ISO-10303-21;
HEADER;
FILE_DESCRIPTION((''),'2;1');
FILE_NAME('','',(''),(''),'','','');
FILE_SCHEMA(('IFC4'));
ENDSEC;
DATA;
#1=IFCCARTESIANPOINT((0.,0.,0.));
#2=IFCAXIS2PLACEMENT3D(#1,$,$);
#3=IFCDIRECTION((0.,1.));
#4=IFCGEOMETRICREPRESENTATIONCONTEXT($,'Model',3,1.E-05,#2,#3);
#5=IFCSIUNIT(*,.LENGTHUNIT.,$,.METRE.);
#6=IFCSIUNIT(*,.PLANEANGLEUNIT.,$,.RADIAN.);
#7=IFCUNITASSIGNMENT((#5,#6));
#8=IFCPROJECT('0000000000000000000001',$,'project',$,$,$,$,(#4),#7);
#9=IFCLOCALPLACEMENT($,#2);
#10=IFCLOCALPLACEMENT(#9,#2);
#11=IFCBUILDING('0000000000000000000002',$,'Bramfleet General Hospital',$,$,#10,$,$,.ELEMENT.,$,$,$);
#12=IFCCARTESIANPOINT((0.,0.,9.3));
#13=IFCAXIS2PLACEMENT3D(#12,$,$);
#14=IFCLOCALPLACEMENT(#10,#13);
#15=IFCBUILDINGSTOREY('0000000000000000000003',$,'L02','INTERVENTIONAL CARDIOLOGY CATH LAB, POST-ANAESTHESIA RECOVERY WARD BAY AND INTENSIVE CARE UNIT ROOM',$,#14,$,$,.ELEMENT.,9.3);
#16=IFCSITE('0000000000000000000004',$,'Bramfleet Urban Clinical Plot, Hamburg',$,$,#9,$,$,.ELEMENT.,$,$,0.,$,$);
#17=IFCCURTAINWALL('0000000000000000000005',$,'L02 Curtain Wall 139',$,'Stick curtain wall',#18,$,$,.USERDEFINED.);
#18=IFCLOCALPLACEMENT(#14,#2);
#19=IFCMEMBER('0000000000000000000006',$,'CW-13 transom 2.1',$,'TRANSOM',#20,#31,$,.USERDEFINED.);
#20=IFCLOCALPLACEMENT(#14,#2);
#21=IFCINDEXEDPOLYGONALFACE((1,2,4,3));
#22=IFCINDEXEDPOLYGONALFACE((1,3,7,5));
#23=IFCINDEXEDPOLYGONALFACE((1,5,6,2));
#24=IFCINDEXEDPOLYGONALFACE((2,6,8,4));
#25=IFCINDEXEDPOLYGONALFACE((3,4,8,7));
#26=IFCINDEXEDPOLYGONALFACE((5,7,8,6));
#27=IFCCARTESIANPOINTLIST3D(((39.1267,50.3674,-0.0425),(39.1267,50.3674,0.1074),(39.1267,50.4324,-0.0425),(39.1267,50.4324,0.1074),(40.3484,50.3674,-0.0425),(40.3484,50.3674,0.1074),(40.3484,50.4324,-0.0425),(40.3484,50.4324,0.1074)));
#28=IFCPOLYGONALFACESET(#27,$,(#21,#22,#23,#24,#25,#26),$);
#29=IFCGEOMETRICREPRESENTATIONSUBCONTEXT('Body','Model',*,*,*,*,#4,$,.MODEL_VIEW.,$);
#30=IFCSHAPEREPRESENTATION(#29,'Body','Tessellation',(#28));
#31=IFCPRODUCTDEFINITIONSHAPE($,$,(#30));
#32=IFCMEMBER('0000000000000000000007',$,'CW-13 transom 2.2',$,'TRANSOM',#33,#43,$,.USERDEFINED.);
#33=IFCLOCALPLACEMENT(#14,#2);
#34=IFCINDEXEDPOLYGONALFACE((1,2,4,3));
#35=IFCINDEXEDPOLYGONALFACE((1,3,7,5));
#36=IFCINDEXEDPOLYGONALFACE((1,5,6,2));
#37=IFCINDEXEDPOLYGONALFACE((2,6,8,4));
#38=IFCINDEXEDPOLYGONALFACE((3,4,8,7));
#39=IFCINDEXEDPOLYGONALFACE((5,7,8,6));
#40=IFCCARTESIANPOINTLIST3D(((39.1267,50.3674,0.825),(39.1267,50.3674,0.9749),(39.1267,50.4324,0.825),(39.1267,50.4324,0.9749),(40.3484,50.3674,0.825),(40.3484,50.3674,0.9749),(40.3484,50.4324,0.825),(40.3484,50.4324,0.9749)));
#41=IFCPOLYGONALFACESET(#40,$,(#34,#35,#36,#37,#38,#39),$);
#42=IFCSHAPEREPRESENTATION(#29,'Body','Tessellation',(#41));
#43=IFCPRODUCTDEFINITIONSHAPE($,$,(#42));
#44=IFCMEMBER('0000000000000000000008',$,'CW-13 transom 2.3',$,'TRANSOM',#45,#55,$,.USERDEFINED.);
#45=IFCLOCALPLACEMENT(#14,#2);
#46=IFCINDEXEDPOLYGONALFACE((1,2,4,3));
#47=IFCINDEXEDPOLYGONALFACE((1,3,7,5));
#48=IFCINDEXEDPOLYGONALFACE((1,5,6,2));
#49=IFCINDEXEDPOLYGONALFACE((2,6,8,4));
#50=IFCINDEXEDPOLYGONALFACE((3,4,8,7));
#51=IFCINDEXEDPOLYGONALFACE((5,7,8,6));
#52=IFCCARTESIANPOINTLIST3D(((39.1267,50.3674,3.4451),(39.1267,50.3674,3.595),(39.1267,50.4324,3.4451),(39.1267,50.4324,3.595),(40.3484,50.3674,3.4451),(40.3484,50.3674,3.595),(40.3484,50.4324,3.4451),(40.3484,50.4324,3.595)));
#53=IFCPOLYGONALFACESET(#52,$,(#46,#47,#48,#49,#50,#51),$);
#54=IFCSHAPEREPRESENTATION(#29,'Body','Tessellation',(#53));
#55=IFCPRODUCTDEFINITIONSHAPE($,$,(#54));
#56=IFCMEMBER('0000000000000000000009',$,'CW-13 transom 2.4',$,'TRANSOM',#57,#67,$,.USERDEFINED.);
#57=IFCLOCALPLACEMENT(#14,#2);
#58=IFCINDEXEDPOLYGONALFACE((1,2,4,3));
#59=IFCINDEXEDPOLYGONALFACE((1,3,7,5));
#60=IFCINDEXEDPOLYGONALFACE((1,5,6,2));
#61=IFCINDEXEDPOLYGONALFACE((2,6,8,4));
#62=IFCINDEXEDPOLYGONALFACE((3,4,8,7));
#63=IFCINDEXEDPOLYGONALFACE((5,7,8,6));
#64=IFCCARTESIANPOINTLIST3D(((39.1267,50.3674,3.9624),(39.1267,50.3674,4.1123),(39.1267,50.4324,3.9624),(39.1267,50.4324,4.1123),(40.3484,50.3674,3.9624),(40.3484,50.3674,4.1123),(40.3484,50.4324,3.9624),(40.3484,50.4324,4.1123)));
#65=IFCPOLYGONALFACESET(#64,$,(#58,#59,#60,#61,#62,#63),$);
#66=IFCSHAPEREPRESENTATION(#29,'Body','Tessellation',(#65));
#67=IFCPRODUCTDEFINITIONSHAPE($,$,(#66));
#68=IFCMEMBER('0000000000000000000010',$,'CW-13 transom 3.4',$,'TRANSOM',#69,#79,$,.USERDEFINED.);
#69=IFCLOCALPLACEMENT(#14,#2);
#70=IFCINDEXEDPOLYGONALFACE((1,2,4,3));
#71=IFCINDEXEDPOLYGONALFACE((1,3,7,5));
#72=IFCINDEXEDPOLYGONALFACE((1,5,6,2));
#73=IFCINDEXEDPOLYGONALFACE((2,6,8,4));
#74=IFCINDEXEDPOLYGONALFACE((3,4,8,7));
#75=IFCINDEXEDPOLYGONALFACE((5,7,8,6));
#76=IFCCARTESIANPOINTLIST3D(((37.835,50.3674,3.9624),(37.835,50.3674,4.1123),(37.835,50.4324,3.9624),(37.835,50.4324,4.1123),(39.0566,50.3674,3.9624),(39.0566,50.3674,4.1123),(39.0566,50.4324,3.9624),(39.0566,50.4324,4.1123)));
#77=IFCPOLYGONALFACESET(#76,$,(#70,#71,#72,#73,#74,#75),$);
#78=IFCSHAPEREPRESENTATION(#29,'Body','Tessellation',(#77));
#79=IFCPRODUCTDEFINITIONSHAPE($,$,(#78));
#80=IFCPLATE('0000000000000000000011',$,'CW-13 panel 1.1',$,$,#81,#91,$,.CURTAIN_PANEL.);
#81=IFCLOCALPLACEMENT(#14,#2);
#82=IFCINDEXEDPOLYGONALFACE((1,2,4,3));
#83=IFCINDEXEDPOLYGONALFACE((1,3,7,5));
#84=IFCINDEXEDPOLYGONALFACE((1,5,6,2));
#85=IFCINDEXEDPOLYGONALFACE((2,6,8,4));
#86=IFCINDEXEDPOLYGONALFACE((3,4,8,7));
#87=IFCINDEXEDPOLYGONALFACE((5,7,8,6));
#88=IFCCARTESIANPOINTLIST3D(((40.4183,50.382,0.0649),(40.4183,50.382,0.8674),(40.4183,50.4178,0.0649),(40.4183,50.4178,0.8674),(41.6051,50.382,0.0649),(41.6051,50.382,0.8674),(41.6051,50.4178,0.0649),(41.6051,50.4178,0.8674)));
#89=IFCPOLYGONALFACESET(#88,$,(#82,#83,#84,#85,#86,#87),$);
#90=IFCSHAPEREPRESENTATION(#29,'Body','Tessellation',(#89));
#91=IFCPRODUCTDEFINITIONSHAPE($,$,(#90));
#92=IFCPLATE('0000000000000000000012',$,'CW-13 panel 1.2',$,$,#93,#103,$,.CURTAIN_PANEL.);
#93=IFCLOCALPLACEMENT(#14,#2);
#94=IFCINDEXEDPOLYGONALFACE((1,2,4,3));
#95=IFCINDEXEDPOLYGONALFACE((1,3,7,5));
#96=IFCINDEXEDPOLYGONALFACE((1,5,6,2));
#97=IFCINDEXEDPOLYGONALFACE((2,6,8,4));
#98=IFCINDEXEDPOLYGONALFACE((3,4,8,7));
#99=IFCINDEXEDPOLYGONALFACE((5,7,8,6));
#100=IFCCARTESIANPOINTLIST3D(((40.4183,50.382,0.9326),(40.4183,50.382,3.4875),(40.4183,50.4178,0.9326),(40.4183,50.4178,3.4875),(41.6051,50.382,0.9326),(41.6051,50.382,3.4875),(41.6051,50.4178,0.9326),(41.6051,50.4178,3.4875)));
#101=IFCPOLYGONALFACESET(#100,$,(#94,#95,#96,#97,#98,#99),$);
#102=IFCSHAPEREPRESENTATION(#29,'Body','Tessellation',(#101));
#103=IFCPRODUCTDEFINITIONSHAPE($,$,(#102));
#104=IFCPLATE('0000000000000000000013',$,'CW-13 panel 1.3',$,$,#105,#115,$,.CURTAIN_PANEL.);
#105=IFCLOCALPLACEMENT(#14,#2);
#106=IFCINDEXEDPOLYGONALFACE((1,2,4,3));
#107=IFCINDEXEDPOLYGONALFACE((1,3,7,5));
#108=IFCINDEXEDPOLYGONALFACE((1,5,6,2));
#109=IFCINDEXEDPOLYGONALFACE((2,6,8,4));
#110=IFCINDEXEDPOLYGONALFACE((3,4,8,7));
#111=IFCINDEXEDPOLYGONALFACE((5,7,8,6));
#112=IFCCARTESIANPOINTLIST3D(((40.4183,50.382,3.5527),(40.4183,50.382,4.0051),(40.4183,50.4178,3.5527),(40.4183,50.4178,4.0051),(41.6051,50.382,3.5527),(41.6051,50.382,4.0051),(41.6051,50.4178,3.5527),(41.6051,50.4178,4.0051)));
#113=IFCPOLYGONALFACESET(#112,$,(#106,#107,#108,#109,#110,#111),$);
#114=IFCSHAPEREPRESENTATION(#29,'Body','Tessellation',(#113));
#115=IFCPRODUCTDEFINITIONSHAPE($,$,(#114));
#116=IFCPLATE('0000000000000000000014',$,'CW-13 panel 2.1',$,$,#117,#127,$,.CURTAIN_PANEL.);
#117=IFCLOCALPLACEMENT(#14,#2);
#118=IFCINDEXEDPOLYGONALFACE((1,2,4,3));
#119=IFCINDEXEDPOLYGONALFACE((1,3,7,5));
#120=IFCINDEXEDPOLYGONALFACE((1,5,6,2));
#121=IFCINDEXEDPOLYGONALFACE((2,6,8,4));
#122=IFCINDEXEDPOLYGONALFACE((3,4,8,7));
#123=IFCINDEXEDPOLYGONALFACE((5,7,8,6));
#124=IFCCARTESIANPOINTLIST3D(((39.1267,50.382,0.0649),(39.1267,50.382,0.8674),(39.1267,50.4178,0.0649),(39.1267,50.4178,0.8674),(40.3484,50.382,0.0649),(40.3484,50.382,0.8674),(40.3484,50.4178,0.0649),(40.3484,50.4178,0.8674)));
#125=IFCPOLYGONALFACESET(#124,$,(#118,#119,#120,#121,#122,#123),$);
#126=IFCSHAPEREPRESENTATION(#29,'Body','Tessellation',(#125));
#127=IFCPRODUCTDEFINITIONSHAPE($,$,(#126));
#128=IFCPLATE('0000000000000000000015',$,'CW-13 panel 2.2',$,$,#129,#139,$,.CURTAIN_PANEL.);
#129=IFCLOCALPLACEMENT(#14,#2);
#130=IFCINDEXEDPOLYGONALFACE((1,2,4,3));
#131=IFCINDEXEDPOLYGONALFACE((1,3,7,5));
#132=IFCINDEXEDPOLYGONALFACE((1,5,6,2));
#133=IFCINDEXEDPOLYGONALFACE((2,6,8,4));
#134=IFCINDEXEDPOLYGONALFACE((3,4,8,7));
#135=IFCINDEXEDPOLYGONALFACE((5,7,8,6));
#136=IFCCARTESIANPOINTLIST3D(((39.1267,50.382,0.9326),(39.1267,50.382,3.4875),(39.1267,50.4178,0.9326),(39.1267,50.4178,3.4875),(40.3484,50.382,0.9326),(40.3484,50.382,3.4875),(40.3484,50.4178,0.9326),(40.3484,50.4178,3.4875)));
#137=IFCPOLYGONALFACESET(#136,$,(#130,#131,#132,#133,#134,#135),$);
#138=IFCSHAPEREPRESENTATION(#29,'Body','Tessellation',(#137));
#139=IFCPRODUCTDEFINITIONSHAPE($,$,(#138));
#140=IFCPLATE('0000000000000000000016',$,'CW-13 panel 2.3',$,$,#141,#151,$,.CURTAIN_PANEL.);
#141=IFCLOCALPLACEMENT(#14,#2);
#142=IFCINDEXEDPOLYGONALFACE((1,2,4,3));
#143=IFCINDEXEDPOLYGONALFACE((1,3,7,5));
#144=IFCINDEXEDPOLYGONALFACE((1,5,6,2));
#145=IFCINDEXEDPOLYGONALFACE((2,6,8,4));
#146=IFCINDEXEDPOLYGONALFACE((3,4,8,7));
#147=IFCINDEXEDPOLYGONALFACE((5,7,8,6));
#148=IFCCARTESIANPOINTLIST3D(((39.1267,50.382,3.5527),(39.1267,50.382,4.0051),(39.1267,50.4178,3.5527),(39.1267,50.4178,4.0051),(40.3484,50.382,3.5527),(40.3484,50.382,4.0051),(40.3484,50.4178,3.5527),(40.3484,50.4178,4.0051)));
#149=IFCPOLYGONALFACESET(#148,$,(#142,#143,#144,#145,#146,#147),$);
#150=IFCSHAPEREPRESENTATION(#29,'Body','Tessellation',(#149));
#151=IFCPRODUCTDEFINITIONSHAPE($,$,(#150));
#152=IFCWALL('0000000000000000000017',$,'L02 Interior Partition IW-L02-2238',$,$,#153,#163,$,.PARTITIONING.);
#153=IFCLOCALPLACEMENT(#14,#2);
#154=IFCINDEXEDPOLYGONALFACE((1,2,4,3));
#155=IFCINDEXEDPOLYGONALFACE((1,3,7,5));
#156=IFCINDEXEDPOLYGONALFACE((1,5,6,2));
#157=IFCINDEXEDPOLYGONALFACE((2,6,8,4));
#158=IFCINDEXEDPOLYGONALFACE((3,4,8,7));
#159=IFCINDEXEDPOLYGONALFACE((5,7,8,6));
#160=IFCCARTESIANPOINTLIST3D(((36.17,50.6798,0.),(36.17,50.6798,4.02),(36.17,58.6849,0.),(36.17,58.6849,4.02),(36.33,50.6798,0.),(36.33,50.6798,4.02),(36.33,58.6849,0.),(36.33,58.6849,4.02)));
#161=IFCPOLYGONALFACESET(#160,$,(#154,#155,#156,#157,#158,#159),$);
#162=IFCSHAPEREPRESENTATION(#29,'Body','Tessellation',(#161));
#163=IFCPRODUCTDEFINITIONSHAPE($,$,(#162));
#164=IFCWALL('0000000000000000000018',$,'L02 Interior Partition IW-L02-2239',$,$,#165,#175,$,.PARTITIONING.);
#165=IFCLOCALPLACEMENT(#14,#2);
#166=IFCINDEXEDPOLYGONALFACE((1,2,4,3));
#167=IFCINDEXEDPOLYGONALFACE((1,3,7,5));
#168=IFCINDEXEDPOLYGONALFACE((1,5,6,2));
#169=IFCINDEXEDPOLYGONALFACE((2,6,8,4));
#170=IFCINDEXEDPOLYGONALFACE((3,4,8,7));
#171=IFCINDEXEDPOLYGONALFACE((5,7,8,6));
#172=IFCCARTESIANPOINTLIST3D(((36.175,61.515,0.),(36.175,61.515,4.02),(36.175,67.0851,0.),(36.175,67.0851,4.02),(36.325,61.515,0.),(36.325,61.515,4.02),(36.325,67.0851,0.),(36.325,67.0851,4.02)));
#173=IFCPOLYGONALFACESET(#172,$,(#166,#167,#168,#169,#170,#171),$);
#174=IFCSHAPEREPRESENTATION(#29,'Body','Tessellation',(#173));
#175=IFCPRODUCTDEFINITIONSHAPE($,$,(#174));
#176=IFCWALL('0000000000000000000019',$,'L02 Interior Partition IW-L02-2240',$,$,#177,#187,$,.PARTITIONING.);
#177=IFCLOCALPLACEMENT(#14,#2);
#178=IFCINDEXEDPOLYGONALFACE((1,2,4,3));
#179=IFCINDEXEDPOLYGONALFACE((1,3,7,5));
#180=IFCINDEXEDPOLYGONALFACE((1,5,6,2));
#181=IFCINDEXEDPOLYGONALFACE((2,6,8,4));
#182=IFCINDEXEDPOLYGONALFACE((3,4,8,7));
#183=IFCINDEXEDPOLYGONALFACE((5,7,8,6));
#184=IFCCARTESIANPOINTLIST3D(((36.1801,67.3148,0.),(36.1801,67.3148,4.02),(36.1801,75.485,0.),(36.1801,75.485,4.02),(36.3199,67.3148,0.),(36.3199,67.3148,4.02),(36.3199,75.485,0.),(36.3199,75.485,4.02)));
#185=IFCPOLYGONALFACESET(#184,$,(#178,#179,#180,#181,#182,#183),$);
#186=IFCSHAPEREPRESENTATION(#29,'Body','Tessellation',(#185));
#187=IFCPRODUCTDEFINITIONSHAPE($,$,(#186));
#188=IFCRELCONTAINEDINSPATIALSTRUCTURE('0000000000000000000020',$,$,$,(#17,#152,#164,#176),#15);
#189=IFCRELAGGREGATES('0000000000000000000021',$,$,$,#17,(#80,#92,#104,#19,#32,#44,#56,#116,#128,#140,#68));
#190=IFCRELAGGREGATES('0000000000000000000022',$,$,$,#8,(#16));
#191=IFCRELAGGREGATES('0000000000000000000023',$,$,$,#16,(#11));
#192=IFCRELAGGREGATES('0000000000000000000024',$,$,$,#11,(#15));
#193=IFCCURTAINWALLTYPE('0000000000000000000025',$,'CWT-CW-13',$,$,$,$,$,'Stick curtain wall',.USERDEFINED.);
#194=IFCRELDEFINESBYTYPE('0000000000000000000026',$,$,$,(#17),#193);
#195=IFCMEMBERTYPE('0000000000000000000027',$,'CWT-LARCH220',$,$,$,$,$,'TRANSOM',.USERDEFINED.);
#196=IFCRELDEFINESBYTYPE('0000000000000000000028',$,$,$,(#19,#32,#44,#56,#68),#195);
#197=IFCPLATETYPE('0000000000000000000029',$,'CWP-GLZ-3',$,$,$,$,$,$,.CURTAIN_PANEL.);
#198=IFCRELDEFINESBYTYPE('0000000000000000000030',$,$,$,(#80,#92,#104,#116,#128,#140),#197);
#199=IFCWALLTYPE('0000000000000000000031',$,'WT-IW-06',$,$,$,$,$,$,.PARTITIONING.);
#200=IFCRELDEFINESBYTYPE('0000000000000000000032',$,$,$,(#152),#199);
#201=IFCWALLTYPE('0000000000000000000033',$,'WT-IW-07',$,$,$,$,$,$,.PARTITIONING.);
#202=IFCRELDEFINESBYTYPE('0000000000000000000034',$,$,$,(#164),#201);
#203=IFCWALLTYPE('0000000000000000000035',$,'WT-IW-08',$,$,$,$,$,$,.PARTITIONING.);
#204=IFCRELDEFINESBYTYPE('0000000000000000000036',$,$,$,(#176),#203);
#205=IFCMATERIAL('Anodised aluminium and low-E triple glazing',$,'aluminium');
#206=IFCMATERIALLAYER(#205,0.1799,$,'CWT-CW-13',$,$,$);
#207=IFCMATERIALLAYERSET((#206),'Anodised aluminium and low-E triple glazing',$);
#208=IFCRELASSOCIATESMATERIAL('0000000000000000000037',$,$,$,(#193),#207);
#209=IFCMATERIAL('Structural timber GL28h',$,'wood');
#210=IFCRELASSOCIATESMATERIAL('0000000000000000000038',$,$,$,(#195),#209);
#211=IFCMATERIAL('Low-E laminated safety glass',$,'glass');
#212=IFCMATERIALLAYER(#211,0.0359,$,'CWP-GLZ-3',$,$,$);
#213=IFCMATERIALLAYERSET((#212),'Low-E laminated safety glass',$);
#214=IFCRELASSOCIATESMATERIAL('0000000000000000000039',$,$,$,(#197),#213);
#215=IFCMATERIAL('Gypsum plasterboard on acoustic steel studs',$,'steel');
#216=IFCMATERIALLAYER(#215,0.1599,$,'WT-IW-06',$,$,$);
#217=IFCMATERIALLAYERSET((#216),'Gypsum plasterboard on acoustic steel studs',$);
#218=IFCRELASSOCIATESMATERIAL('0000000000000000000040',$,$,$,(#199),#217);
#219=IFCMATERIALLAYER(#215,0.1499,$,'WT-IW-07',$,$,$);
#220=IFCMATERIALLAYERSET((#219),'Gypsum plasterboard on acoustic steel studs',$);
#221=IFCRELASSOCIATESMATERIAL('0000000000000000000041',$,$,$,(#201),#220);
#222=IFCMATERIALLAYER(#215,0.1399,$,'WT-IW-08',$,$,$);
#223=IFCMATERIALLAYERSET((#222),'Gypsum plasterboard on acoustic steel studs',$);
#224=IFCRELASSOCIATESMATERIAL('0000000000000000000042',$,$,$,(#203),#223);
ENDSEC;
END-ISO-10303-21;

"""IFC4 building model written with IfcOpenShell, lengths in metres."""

from ifc_helpers import new_model, si_unit, direction, frame, frame_2d, origin, origin_2d, place, context, subcontext, project, spatial, rectangle, extrude, material, layer, layer_set, material_profile, profile_set, type_object, element, aggregate, save


model = new_model("IFC4")

# Units and contexts
model_context = context("Model", 3, precision=1e-05, world=origin(), true_north=direction((0.0, 1.0)))
body_context = subcontext(model_context, "Body", "Model", "MODEL_VIEW")
ifc_project = project(units=[si_unit("LENGTHUNIT", "METRE"), si_unit("PLANEANGLEUNIT", "RADIAN")], contexts=[model_context])

# Site, building, storey
site_placement = place(None, origin())
site = spatial("IfcSite", under=ifc_project, at=site_placement, Name="Bramfleet Urban Clinical Plot, Hamburg", CompositionType="ELEMENT", RefElevation=0.0)
building_placement = place(site_placement, origin())
building = spatial("IfcBuilding", under=site, at=building_placement, Name="Bramfleet General Hospital", CompositionType="ELEMENT")
storey_placement = place(building_placement, frame((0.0, 0.0, 9.3)))
storey = spatial("IfcBuildingStorey", under=building, at=storey_placement, Name="L02", Description="INTERVENTIONAL CARDIOLOGY CATH LAB, POST-ANAESTHESIA RECOVERY WARD BAY AND INTENSIVE CARE UNIT ROOM", CompositionType="ELEMENT", Elevation=9.3)

# Curtain wall, members, plates
ifc_material_1 = material(Name="Anodised aluminium and low-E triple glazing", Category="aluminium")
ifc_layer_1 = layer(ifc_material_1, 0.1799, Name="CWT-CW-13")
ifc_layer_set_1 = layer_set([ifc_layer_1], Name="Anodised aluminium and low-E triple glazing")
curtain_wall_type = type_object("IfcCurtainWallType", Name="CWT-CW-13", ElementType="Stick curtain wall", PredefinedType="USERDEFINED", material=ifc_layer_set_1)
curtain_wall_placement = place(storey_placement, origin())
curtain_wall = element("IfcCurtainWall", 1, at=curtain_wall_placement, inside=storey, type_object=curtain_wall_type, Name="L02 Curtain Wall 139", ObjectType="Stick curtain wall", PredefinedType="USERDEFINED")
ifc_material_2 = material(Name="Structural timber GL28h", Category="wood")
ifc_material_profile_1 = material_profile(ifc_material_2, rectangle(XDim=0.0649, YDim=0.1499, at=origin_2d()), Name="LARCH 150x65")
ifc_profile_set_1 = profile_set([ifc_material_profile_1], Name="Structural timber GL28h")
member_type_1 = type_object("IfcMemberType", Name="CWT-LARCH220", ElementType="TRANSOM", PredefinedType="USERDEFINED", material=ifc_profile_set_1)
member_1_placement = place(storey_placement, frame((40.3484, 50.3999, 0.0325), z_axis=(-1.0, 0.0, 0.0), x_axis=(0.0, -1.0, 0.0)))
member_1 = element("IfcMember", 2, at=member_1_placement, type_object=member_type_1, Name="CW-13 transom 2.1", ObjectType="TRANSOM", PredefinedType="USERDEFINED", context=body_context, shape_type="SweptSolid", body=[
    extrude(rectangle(XDim=0.0649, YDim=0.1499, at=origin_2d()), origin(), (0.0, 0.0, 1.0), 1.2217),
])
member_2_placement = place(storey_placement, frame((40.3484, 50.3999, 0.8999), z_axis=(-1.0, 0.0, 0.0), x_axis=(0.0, -1.0, 0.0)))
member_2 = element("IfcMember", 3, at=member_2_placement, type_object=member_type_1, Name="CW-13 transom 2.2", ObjectType="TRANSOM", PredefinedType="USERDEFINED", context=body_context, shape_type="SweptSolid", body=[
    extrude(rectangle(XDim=0.0649, YDim=0.1499, at=origin_2d()), origin(), (0.0, 0.0, 1.0), 1.2217),
])
member_3_placement = place(storey_placement, frame((40.3484, 50.3999, 3.52), z_axis=(-1.0, 0.0, 0.0), x_axis=(0.0, -1.0, 0.0)))
member_3 = element("IfcMember", 4, at=member_3_placement, type_object=member_type_1, Name="CW-13 transom 2.3", ObjectType="TRANSOM", PredefinedType="USERDEFINED", context=body_context, shape_type="SweptSolid", body=[
    extrude(rectangle(XDim=0.0649, YDim=0.1499, at=origin_2d()), origin(), (0.0, 0.0, 1.0), 1.2217),
])
member_4_placement = place(storey_placement, frame((40.3484, 50.3999, 4.0374), z_axis=(-1.0, 0.0, 0.0), x_axis=(0.0, -1.0, 0.0)))
member_4 = element("IfcMember", 5, at=member_4_placement, type_object=member_type_1, Name="CW-13 transom 2.4", ObjectType="TRANSOM", PredefinedType="USERDEFINED", context=body_context, shape_type="SweptSolid", body=[
    extrude(rectangle(XDim=0.0649, YDim=0.1499, at=origin_2d()), origin(), (0.0, 0.0, 1.0), 1.2217),
])
member_5_placement = place(storey_placement, frame((39.0566, 50.3999, 4.0374), z_axis=(-1.0, 0.0, 0.0), x_axis=(0.0, -1.0, 0.0)))
member_5 = element("IfcMember", 6, at=member_5_placement, type_object=member_type_1, Name="CW-13 transom 3.4", ObjectType="TRANSOM", PredefinedType="USERDEFINED", context=body_context, shape_type="SweptSolid", body=[
    extrude(rectangle(XDim=0.0649, YDim=0.1499, at=origin_2d()), origin(), (0.0, 0.0, 1.0), 1.2217),
])
ifc_material_3 = material(Name="Low-E laminated safety glass", Category="glass")
ifc_layer_2 = layer(ifc_material_3, 0.0359, Name="CWP-GLZ-3")
ifc_layer_set_2 = layer_set([ifc_layer_2], Name="Low-E laminated safety glass")
plate_type = type_object("IfcPlateType", Name="CWP-GLZ-3", PredefinedType="CURTAIN_PANEL", material=ifc_layer_set_2)
plate_1_placement = place(storey_placement, frame((41.0117, 50.3999, 0.0649), z_axis=(0.0, 0.0, 1.0), x_axis=(-1.0, 0.0, 0.0)))
plate_1 = element("IfcPlate", 7, at=plate_1_placement, type_object=plate_type, Name="CW-13 panel 1.1", PredefinedType="CURTAIN_PANEL", context=body_context, shape_type="SweptSolid", body=[
    extrude(rectangle(XDim=1.1868, YDim=0.0359, at=origin_2d()), origin(), (0.0, 0.0, 1.0), 0.8025),
])
plate_2_placement = place(storey_placement, frame((41.0117, 50.3999, 0.9326), z_axis=(0.0, 0.0, 1.0), x_axis=(-1.0, 0.0, 0.0)))
plate_2 = element("IfcPlate", 8, at=plate_2_placement, type_object=plate_type, Name="CW-13 panel 1.2", PredefinedType="CURTAIN_PANEL", context=body_context, shape_type="SweptSolid", body=[
    extrude(rectangle(XDim=1.1868, YDim=0.0359, at=origin_2d()), origin(), (0.0, 0.0, 1.0), 2.5549),
])
plate_3_placement = place(storey_placement, frame((41.0117, 50.3999, 3.5527), z_axis=(0.0, 0.0, 1.0), x_axis=(-1.0, 0.0, 0.0)))
plate_3 = element("IfcPlate", 9, at=plate_3_placement, type_object=plate_type, Name="CW-13 panel 1.3", PredefinedType="CURTAIN_PANEL", context=body_context, shape_type="SweptSolid", body=[
    extrude(rectangle(XDim=1.1868, YDim=0.0359, at=origin_2d()), origin(), (0.0, 0.0, 1.0), 0.4524),
])
plate_4_placement = place(storey_placement, frame((39.7375, 50.3999, 0.0649), z_axis=(0.0, 0.0, 1.0), x_axis=(-1.0, 0.0, 0.0)))
plate_4 = element("IfcPlate", 10, at=plate_4_placement, type_object=plate_type, Name="CW-13 panel 2.1", PredefinedType="CURTAIN_PANEL", context=body_context, shape_type="SweptSolid", body=[
    extrude(rectangle(XDim=1.2217, YDim=0.0359, at=origin_2d()), origin(), (0.0, 0.0, 1.0), 0.8025),
])
plate_5_placement = place(storey_placement, frame((39.7375, 50.3999, 0.9326), z_axis=(0.0, 0.0, 1.0), x_axis=(-1.0, 0.0, 0.0)))
plate_5 = element("IfcPlate", 11, at=plate_5_placement, type_object=plate_type, Name="CW-13 panel 2.2", PredefinedType="CURTAIN_PANEL", context=body_context, shape_type="SweptSolid", body=[
    extrude(rectangle(XDim=1.2217, YDim=0.0359, at=origin_2d()), origin(), (0.0, 0.0, 1.0), 2.5549),
])
plate_6_placement = place(storey_placement, frame((39.7375, 50.3999, 3.5527), z_axis=(0.0, 0.0, 1.0), x_axis=(-1.0, 0.0, 0.0)))
plate_6 = element("IfcPlate", 12, at=plate_6_placement, type_object=plate_type, Name="CW-13 panel 2.3", PredefinedType="CURTAIN_PANEL", context=body_context, shape_type="SweptSolid", body=[
    extrude(rectangle(XDim=1.2217, YDim=0.0359, at=origin_2d()), origin(), (0.0, 0.0, 1.0), 0.4524),
])
aggregate(curtain_wall, [plate_1, plate_2, plate_3, member_1, member_2, member_3, member_4, plate_4, plate_5, plate_6, member_5])

# Walls
ifc_material_4 = material(Name="Gypsum plasterboard on acoustic steel studs", Category="steel")
ifc_layer_3 = layer(ifc_material_4, 0.1599, Name="WT-IW-06")
ifc_layer_set_3 = layer_set([ifc_layer_3], Name="Gypsum plasterboard on acoustic steel studs")
wall_type_1 = type_object("IfcWallType", Name="WT-IW-06", PredefinedType="PARTITIONING", material=ifc_layer_set_3)
wall_1_placement = place(storey_placement, frame((36.25, 50.6799, 0.0), z_axis=(0.0, 0.0, 1.0), x_axis=(0.0, 1.0, 0.0)))
element("IfcWall", 13, at=wall_1_placement, inside=storey, type_object=wall_type_1, Name="L02 Interior Partition IW-L02-2238", PredefinedType="PARTITIONING", context=body_context, shape_type="SweptSolid", body=[
    extrude(rectangle(XDim=8.0051, YDim=0.1599, at=frame_2d((4.0024, 0.0))), origin(), (0.0, 0.0, 1.0), 4.02),
])
ifc_layer_4 = layer(ifc_material_4, 0.1499, Name="WT-IW-07")
ifc_layer_set_4 = layer_set([ifc_layer_4], Name="Gypsum plasterboard on acoustic steel studs")
wall_type_2 = type_object("IfcWallType", Name="WT-IW-07", PredefinedType="PARTITIONING", material=ifc_layer_set_4)
wall_2_placement = place(storey_placement, frame((36.25, 61.5149, 0.0), z_axis=(0.0, 0.0, 1.0), x_axis=(0.0, 1.0, 0.0)))
element("IfcWall", 14, at=wall_2_placement, inside=storey, type_object=wall_type_2, Name="L02 Interior Partition IW-L02-2239", PredefinedType="PARTITIONING", context=body_context, shape_type="SweptSolid", body=[
    extrude(rectangle(XDim=5.5701, YDim=0.1499, at=frame_2d((2.7852, 0.0))), origin(), (0.0, 0.0, 1.0), 4.02),
])
ifc_layer_5 = layer(ifc_material_4, 0.1399, Name="WT-IW-08")
ifc_layer_set_5 = layer_set([ifc_layer_5], Name="Gypsum plasterboard on acoustic steel studs")
wall_type_3 = type_object("IfcWallType", Name="WT-IW-08", PredefinedType="PARTITIONING", material=ifc_layer_set_5)
wall_3_placement = place(storey_placement, frame((36.25, 67.3149, 0.0), z_axis=(0.0, 0.0, 1.0), x_axis=(0.0, 1.0, 0.0)))
element("IfcWall", 15, at=wall_3_placement, inside=storey, type_object=wall_type_3, Name="L02 Interior Partition IW-L02-2240", PredefinedType="PARTITIONING", context=body_context, shape_type="SweptSolid", body=[
    extrude(rectangle(XDim=8.1702, YDim=0.1399, at=frame_2d((4.085, 0.0))), origin(), (0.0, 0.0, 1.0), 4.02),
])

save(model, "model.ifc")
